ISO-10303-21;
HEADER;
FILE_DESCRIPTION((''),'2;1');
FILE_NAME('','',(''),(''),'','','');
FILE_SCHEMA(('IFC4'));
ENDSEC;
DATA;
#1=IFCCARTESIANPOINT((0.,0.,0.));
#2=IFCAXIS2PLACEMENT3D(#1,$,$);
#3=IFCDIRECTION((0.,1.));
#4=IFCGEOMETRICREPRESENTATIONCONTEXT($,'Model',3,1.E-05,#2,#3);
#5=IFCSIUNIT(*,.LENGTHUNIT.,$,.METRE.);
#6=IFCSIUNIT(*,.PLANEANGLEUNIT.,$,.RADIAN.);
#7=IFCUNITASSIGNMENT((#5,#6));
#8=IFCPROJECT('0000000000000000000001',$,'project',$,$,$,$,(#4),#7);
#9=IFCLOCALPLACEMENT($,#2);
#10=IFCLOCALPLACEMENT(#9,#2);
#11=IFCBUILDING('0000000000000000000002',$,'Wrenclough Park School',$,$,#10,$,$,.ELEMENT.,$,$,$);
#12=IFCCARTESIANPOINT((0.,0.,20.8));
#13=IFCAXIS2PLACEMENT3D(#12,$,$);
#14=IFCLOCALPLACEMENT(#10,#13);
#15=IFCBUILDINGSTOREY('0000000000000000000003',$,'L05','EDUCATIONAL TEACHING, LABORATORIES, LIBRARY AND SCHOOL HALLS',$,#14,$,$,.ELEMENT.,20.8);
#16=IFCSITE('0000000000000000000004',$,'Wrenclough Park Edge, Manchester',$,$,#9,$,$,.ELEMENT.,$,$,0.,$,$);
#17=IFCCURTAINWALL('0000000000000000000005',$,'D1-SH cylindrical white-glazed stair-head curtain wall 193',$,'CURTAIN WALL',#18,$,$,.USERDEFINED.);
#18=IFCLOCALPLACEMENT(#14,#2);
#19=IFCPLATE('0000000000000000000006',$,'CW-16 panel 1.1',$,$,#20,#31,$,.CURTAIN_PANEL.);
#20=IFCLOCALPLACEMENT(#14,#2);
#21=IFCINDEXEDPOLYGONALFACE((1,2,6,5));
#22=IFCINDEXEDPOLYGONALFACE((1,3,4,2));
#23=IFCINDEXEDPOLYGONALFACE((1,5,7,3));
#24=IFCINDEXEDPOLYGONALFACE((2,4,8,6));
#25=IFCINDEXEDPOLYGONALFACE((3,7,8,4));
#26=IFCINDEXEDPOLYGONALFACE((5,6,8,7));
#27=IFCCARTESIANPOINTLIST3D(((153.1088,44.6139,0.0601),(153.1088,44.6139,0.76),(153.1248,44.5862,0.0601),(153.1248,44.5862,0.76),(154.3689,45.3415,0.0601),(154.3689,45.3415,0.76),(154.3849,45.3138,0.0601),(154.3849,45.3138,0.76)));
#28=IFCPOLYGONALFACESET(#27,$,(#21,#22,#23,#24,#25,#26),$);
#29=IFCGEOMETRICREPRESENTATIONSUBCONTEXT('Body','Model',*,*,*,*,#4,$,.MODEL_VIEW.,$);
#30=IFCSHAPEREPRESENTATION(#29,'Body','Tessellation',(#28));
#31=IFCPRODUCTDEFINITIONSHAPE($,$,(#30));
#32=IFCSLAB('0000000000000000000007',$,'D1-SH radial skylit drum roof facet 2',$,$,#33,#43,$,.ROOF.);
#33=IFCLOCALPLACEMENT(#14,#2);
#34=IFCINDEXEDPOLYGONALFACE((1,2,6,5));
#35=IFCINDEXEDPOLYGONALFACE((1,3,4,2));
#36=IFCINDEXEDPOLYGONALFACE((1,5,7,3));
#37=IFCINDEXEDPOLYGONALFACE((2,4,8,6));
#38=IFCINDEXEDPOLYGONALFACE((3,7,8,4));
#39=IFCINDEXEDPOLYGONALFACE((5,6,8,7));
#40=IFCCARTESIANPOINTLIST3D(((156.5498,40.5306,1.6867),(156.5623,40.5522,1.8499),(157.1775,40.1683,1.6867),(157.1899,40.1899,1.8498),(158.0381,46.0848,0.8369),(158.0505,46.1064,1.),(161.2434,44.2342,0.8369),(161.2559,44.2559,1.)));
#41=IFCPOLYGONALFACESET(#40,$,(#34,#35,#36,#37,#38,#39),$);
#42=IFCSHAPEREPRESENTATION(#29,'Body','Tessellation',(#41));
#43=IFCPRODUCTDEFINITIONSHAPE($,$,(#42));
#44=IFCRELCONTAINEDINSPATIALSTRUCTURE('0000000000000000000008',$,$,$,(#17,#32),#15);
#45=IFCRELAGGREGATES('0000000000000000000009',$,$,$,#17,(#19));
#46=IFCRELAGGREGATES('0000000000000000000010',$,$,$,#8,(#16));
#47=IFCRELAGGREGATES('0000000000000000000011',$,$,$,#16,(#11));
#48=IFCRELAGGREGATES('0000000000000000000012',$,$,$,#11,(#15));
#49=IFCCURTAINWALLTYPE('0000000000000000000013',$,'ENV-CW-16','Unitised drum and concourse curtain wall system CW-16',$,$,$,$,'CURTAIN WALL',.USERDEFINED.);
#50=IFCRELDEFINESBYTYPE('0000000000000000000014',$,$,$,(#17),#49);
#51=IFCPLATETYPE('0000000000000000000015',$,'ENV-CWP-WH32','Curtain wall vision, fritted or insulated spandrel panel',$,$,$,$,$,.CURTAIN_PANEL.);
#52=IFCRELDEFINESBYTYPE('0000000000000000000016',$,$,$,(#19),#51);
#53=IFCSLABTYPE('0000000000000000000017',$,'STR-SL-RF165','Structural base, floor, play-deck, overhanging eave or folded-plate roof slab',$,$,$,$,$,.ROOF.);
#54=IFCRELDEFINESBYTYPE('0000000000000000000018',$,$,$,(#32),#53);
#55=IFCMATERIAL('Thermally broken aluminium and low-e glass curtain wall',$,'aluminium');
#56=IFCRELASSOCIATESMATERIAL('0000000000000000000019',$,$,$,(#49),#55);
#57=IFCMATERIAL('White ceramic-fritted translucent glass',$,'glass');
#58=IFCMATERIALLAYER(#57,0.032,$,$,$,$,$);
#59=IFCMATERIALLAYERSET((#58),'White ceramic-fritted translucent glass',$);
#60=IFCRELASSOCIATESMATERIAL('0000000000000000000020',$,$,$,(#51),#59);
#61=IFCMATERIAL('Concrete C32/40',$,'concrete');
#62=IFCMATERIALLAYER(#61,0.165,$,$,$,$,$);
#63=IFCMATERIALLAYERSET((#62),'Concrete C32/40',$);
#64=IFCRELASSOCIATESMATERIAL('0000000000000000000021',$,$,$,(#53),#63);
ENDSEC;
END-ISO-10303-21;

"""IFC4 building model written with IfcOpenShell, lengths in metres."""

from ifc_helpers import new_model, si_unit, direction, frame, origin, origin_2d, place, context, subcontext, project, spatial, polyline, rectangle, outline, extrude, material, layer, layer_set, type_object, element, aggregate, save


model = new_model("IFC4")

# Units and contexts
model_context = context("Model", 3, precision=1e-05, world=origin(), true_north=direction((0.0, 1.0)))
body_context = subcontext(model_context, "Body", "Model", "MODEL_VIEW")
ifc_project = project(units=[si_unit("LENGTHUNIT", "METRE"), si_unit("PLANEANGLEUNIT", "RADIAN")], contexts=[model_context])

# Site, building, storey
site_placement = place(None, origin())
site = spatial("IfcSite", under=ifc_project, at=site_placement, Name="Wrenclough Park Edge, Manchester", CompositionType="ELEMENT", RefElevation=0.0)
building_placement = place(site_placement, origin())
building = spatial("IfcBuilding", under=site, at=building_placement, Name="Wrenclough Park School", CompositionType="ELEMENT")
storey_placement = place(building_placement, frame((0.0, 0.0, 20.8)))
storey = spatial("IfcBuildingStorey", under=building, at=storey_placement, Name="L05", Description="EDUCATIONAL TEACHING, LABORATORIES, LIBRARY AND SCHOOL HALLS", CompositionType="ELEMENT", Elevation=20.8)

# Curtain wall
ifc_material_1 = material(Name="Thermally broken aluminium and low-e glass curtain wall", Category="aluminium")
curtain_wall_type = type_object("IfcCurtainWallType", Name="ENV-CW-16", Description="Unitised drum and concourse curtain wall system CW-16", ElementType="CURTAIN WALL", PredefinedType="USERDEFINED", material=ifc_material_1)
curtain_wall_1_placement = place(storey_placement, origin())
curtain_wall_1 = element("IfcCurtainWall", 1, at=curtain_wall_1_placement, inside=storey, type_object=curtain_wall_type, Name="D1-SH cylindrical white-glazed stair-head curtain wall 193", ObjectType="CURTAIN WALL", PredefinedType="USERDEFINED")

# Plate
ifc_material_2 = material(Name="White ceramic-fritted translucent glass", Category="glass")
ifc_layer_1 = layer(ifc_material_2, 0.032)
ifc_layer_set_1 = layer_set([ifc_layer_1], Name="White ceramic-fritted translucent glass")
plate_type = type_object("IfcPlateType", Name="ENV-CWP-WH32", Description="Curtain wall vision, fritted or insulated spandrel panel", PredefinedType="CURTAIN_PANEL", material=ifc_layer_set_1)
plate_1_placement = place(storey_placement, frame((153.7468, 44.9639, 0.0601), z_axis=(0.0, 0.0, 1.0), x_axis=(-0.866024, -0.500003, 0.0)))
plate_1 = element("IfcPlate", 2, at=plate_1_placement, type_object=plate_type, Name="CW-16 panel 1.1", PredefinedType="CURTAIN_PANEL", context=body_context, shape_type="SweptSolid", body=[
    extrude(rectangle(XDim=1.4551, YDim=0.032, at=origin_2d()), origin(), (0.0, 0.0, 1.0), 0.7),
])
aggregate(curtain_wall_1, [plate_1])

# Slab
ifc_material_3 = material(Name="Concrete C32/40", Category="concrete")
ifc_layer_2 = layer(ifc_material_3, 0.165)
ifc_layer_set_2 = layer_set([ifc_layer_2], Name="Concrete C32/40")
slab_type = type_object("IfcSlabType", Name="STR-SL-RF165", Description="Structural base, floor, play-deck, overhanging eave or folded-plate roof slab", PredefinedType="ROOF", material=ifc_layer_set_2)
slab_placement = place(storey_placement, frame((161.2559, 44.2559, 1.0), z_axis=(0.075623, 0.130989, 0.988495), x_axis=(-0.866027, 0.499998, -0.000003)))
element("IfcSlab", 3, at=slab_placement, inside=storey, type_object=slab_type, Name="D1-SH radial skylit drum roof facet 2", PredefinedType="ROOF", context=body_context, shape_type="SweptSolid", body=[
    extrude(outline(polyline([(0.0, 0.0), (3.7012, 0.0), (2.213, 5.6189), (1.4882, 5.6188), (0.0, 0.0)])), origin(), (0.0, 0.0, -1.0), 0.165),
])

save(model, "model.ifc")
